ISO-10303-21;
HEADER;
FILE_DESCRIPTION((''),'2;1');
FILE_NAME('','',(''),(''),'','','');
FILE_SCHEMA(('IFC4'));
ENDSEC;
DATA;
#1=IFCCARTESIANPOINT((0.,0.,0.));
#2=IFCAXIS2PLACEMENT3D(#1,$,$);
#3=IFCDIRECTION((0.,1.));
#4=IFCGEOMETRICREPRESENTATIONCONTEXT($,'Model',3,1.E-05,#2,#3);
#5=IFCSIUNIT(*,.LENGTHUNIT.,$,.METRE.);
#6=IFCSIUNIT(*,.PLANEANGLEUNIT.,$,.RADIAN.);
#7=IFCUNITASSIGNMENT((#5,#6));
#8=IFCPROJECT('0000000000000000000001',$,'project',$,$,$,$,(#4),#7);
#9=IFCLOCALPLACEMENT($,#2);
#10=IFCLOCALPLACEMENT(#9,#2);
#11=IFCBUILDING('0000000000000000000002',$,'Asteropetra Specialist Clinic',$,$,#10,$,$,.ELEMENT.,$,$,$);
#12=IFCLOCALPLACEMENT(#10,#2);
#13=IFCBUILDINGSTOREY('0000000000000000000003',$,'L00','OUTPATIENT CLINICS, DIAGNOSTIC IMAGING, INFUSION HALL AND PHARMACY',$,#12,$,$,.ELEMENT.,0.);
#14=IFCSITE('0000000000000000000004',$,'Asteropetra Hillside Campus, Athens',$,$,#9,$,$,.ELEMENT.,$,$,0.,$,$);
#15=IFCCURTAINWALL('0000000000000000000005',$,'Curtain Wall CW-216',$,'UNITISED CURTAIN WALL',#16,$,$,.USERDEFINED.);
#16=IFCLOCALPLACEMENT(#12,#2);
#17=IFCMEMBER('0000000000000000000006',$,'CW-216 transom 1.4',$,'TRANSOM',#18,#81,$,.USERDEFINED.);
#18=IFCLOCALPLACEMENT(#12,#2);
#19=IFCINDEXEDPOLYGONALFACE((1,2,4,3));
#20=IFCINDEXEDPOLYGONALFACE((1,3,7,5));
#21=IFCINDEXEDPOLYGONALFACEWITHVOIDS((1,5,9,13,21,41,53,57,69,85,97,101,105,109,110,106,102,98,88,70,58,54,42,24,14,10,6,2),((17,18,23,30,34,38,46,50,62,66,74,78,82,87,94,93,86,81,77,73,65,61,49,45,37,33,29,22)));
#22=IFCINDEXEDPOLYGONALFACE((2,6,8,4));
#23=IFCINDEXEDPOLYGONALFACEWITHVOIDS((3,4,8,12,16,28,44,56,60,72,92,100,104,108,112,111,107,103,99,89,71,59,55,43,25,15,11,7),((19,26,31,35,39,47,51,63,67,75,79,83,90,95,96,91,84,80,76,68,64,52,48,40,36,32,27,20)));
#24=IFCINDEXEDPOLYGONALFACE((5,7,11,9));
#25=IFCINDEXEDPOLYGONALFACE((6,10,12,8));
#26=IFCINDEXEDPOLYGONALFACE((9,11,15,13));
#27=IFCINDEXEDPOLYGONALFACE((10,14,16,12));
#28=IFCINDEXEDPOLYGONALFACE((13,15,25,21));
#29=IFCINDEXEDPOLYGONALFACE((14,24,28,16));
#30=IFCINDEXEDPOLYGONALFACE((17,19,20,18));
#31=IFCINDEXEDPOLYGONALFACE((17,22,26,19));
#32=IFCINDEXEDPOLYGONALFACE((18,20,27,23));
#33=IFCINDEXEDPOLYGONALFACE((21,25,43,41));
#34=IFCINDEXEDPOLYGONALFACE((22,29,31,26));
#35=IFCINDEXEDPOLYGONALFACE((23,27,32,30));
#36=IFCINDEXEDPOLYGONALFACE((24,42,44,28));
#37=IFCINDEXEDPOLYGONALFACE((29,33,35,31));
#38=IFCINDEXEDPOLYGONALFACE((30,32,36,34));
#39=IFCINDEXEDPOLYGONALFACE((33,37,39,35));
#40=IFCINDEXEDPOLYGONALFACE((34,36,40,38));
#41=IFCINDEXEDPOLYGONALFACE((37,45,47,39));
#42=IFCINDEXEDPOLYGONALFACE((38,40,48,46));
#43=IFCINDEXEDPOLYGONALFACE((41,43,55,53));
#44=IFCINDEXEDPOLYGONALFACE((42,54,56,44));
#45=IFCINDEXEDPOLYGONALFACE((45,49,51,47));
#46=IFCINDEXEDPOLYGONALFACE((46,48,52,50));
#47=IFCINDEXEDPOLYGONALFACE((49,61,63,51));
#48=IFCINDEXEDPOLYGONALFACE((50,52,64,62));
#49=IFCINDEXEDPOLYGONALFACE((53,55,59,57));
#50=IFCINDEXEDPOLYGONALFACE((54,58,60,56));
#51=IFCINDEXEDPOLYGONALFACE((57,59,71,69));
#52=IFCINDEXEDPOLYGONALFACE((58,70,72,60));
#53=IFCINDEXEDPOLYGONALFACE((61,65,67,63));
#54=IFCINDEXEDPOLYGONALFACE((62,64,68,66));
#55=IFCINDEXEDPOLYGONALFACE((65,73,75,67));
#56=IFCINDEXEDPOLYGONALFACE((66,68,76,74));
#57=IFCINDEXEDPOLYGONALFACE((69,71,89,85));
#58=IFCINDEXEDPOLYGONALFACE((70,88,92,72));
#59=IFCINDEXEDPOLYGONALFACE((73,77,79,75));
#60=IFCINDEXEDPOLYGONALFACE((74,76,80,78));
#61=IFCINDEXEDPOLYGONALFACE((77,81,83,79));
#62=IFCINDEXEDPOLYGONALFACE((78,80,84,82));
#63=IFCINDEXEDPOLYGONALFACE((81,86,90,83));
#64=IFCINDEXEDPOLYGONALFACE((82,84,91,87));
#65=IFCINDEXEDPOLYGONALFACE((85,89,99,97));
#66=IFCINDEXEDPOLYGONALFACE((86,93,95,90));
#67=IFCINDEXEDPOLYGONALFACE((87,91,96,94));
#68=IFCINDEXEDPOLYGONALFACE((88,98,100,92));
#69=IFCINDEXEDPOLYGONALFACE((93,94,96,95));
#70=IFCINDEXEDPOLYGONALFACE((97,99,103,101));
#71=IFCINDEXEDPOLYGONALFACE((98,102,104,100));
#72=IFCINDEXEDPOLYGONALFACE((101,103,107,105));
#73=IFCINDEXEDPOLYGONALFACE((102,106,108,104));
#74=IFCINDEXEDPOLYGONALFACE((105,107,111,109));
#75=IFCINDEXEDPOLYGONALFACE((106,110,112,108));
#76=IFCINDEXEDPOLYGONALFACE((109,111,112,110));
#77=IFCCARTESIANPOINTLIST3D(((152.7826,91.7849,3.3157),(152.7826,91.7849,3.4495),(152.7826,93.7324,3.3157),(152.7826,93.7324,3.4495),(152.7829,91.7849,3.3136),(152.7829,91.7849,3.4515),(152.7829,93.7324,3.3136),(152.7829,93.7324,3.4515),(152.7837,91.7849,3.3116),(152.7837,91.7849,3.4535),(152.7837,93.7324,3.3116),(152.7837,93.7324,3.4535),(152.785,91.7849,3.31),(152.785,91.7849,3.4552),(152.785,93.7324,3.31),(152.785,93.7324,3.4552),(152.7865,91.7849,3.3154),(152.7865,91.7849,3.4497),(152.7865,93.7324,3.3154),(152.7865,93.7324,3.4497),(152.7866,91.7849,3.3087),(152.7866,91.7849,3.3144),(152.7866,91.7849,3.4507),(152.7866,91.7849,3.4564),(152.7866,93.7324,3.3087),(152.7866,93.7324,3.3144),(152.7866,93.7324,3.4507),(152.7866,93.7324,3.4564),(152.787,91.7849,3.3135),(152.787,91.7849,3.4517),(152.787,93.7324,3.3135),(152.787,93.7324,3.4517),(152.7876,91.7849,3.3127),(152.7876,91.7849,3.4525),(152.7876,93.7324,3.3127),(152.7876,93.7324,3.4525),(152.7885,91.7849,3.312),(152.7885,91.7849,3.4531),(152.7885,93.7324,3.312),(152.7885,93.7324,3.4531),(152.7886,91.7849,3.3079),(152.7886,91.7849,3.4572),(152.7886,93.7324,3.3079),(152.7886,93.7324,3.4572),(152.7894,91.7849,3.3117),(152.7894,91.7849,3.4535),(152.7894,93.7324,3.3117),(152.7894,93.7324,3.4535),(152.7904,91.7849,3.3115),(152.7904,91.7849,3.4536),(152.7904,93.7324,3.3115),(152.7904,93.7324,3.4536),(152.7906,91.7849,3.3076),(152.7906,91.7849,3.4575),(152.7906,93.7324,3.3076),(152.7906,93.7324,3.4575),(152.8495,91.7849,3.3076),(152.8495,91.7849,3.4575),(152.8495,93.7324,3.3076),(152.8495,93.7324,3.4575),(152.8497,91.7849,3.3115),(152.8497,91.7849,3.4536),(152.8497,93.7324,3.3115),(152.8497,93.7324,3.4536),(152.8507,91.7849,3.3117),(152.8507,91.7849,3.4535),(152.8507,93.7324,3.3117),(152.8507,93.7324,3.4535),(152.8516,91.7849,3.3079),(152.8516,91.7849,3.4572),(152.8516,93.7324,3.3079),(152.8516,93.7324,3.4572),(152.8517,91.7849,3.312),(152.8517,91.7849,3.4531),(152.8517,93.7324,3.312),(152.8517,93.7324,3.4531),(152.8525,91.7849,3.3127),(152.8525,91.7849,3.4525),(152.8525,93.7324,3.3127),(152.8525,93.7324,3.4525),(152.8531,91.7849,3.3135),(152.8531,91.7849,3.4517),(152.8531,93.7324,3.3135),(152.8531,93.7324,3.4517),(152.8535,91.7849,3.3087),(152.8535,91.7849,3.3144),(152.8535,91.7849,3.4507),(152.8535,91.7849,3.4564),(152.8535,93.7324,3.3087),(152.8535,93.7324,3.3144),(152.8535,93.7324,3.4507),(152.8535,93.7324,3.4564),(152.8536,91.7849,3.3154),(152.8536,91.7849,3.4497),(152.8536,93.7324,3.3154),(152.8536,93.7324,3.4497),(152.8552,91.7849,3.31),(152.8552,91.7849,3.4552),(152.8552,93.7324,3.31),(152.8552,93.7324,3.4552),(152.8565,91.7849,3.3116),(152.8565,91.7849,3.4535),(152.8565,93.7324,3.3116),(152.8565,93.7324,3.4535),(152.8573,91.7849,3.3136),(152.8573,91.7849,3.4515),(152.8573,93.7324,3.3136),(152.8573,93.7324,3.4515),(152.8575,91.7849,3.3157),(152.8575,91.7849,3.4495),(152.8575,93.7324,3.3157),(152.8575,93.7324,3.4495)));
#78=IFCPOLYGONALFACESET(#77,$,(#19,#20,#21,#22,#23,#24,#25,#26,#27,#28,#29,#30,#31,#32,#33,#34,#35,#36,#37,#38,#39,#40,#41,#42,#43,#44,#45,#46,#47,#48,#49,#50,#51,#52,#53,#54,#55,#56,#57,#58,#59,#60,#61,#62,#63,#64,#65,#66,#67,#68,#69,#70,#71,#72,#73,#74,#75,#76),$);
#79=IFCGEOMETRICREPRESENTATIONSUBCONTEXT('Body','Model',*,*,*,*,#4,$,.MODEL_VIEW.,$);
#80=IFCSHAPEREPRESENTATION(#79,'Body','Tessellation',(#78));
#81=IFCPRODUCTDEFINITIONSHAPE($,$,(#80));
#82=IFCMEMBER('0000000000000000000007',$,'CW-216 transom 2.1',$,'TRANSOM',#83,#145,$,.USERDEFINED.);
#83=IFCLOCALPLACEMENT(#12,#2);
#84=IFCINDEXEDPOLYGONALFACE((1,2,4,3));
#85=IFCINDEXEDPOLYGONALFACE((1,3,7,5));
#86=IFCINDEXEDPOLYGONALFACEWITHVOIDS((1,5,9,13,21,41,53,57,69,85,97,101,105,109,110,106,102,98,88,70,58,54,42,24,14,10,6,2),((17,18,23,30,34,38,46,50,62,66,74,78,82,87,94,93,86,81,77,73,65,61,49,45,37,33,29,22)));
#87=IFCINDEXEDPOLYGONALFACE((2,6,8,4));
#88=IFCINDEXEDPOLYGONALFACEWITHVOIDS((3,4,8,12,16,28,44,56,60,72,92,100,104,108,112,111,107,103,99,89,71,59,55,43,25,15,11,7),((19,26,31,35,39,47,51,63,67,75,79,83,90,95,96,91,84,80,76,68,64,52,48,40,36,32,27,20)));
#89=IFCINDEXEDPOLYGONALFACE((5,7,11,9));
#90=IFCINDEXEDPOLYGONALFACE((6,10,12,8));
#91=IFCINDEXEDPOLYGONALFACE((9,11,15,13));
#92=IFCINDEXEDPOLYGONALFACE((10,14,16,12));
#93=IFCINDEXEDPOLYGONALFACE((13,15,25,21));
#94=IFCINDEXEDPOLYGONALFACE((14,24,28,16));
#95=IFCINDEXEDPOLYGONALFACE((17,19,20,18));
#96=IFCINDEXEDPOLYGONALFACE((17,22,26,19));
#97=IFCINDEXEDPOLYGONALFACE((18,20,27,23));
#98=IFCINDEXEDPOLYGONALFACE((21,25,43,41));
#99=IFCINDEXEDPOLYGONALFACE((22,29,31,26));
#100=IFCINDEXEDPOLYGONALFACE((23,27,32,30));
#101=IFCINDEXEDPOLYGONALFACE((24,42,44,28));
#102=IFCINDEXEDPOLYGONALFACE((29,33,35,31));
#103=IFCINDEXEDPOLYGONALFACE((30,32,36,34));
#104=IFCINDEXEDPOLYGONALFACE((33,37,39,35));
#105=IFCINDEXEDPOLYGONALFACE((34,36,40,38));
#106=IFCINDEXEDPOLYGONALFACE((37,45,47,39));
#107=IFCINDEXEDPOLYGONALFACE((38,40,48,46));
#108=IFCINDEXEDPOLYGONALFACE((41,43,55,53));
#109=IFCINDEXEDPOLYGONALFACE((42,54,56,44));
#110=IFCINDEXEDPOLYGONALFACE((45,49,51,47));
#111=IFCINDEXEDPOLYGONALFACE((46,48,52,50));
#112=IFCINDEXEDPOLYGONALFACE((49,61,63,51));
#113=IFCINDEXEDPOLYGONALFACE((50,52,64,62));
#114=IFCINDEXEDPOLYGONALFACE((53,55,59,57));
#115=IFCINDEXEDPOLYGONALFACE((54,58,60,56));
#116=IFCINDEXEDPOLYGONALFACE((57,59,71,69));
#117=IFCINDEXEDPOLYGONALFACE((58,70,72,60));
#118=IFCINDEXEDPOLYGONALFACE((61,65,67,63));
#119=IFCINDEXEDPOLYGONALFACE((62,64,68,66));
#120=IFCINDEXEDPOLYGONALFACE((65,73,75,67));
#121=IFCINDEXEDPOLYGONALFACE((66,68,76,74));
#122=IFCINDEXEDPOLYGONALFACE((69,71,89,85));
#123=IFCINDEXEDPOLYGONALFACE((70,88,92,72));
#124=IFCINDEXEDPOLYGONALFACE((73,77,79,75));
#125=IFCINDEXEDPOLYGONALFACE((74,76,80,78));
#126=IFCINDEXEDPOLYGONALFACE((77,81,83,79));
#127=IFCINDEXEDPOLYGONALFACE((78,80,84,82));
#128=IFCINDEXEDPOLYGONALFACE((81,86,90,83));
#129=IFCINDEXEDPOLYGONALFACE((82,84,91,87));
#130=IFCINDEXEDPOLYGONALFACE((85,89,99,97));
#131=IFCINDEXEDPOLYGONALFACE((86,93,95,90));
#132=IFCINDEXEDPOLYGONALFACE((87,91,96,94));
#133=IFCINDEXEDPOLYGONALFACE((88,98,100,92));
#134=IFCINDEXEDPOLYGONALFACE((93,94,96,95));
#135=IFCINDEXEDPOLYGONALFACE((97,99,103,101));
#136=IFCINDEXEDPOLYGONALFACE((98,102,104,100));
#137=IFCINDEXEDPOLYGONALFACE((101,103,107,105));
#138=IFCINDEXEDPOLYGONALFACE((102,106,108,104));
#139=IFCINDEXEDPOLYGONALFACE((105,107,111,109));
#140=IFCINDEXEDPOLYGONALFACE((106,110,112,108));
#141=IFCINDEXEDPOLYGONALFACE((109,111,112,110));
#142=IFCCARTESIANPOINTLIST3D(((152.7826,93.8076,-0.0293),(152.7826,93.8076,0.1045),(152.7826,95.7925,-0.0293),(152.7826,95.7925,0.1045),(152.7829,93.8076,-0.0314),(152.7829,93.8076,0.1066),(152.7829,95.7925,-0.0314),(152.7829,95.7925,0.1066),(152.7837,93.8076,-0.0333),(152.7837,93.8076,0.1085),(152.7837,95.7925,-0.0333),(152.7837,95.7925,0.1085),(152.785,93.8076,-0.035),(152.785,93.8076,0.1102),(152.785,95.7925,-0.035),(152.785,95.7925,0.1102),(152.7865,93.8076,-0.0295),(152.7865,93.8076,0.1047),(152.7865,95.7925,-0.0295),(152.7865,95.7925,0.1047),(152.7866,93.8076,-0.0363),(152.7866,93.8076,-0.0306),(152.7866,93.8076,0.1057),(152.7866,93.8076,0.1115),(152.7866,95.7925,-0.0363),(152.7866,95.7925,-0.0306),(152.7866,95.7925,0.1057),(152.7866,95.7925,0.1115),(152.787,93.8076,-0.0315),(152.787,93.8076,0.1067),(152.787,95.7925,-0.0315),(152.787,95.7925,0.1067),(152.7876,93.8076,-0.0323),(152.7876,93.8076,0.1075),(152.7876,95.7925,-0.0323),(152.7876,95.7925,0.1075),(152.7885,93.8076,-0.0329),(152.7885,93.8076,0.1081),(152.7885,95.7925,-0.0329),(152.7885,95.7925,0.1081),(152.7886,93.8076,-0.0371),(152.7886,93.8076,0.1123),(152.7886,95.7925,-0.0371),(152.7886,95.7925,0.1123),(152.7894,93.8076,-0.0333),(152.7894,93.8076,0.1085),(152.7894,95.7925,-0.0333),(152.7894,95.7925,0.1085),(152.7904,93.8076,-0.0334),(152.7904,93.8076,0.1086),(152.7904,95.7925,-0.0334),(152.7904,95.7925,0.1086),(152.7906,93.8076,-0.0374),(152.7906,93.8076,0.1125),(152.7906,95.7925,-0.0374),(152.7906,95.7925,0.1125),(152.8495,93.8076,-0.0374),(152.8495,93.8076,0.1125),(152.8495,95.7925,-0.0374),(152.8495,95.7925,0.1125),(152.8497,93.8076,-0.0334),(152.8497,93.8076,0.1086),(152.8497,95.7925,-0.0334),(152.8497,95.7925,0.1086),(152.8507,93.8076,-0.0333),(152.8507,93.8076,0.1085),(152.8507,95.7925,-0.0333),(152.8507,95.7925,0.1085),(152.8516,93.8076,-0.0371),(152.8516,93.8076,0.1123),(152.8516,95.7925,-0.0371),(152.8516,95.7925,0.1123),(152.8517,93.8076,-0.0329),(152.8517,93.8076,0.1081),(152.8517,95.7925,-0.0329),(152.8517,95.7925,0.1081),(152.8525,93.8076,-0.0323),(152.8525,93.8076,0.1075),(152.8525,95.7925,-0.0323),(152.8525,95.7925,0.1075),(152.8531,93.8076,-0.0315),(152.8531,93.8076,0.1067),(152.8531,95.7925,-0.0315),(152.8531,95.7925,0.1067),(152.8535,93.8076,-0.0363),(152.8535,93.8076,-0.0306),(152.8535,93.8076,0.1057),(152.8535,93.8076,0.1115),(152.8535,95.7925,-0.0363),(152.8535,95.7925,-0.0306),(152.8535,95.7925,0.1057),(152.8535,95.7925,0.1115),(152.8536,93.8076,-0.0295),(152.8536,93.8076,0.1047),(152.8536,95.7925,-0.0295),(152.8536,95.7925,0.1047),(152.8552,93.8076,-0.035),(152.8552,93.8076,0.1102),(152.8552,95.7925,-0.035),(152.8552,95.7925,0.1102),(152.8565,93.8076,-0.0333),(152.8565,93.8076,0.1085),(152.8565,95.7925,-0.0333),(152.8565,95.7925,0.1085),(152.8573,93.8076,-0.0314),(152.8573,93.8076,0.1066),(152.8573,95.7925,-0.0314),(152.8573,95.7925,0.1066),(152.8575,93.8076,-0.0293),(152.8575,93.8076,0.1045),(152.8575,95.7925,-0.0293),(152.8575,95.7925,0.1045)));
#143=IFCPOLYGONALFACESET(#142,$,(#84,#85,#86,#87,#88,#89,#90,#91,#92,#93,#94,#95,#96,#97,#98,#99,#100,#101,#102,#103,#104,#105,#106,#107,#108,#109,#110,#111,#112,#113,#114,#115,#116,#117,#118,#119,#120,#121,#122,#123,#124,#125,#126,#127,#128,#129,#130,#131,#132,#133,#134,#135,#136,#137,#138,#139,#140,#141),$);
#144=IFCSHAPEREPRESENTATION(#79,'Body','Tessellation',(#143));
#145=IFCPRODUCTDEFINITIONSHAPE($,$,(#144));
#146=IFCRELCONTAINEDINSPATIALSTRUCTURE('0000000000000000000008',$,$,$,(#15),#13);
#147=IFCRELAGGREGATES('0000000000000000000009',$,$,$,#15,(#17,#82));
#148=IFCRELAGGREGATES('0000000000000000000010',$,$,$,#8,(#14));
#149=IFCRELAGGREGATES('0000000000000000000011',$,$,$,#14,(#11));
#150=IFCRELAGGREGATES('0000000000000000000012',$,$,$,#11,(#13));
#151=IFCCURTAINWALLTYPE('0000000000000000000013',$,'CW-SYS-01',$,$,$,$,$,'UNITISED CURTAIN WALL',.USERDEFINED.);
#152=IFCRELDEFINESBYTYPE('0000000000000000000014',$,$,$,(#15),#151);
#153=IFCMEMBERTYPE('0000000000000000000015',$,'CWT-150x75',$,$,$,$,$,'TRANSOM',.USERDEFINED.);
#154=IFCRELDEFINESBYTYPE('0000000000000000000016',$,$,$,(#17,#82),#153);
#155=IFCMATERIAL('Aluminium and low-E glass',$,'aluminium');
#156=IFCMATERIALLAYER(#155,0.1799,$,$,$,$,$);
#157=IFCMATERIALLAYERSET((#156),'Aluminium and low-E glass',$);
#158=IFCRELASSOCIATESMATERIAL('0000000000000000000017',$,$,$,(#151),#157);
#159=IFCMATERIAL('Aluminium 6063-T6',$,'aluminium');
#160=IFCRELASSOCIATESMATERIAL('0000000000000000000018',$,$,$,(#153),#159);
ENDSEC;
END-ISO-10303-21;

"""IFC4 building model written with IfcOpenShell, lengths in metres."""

from ifc_helpers import new_model, si_unit, direction, frame, origin, origin_2d, place, context, subcontext, project, spatial, hollow_rectangle, extrude, material, layer, layer_set, material_profile, profile_set, type_object, element, aggregate, save


model = new_model("IFC4")

# Units and contexts
model_context = context("Model", 3, precision=1e-05, world=origin(), true_north=direction((0.0, 1.0)))
body_context = subcontext(model_context, "Body", "Model", "MODEL_VIEW")
ifc_project = project(units=[si_unit("LENGTHUNIT", "METRE"), si_unit("PLANEANGLEUNIT", "RADIAN")], contexts=[model_context])

# Site, building, storey
site_placement = place(None, origin())
site = spatial("IfcSite", under=ifc_project, at=site_placement, Name="Asteropetra Hillside Campus, Athens", CompositionType="ELEMENT", RefElevation=0.0)
building_placement = place(site_placement, origin())
building = spatial("IfcBuilding", under=site, at=building_placement, Name="Asteropetra Specialist Clinic", CompositionType="ELEMENT")
storey_placement = place(building_placement, origin())
storey = spatial("IfcBuildingStorey", under=building, at=storey_placement, Name="L00", Description="OUTPATIENT CLINICS, DIAGNOSTIC IMAGING, INFUSION HALL AND PHARMACY", CompositionType="ELEMENT", Elevation=0.0)

# Curtain wall, members
ifc_material_1 = material(Name="Aluminium and low-E glass", Category="aluminium")
ifc_layer_1 = layer(ifc_material_1, 0.1799)
ifc_layer_set_1 = layer_set([ifc_layer_1], Name="Aluminium and low-E glass")
curtain_wall_type = type_object("IfcCurtainWallType", Name="CW-SYS-01", ElementType="UNITISED CURTAIN WALL", PredefinedType="USERDEFINED", material=ifc_layer_set_1)
curtain_wall_placement = place(storey_placement, origin())
curtain_wall = element("IfcCurtainWall", 1, at=curtain_wall_placement, inside=storey, type_object=curtain_wall_type, Name="Curtain Wall CW-216", ObjectType="UNITISED CURTAIN WALL", PredefinedType="USERDEFINED")
ifc_material_2 = material(Name="Aluminium 6063-T6", Category="aluminium")
ifc_material_profile_1 = material_profile(ifc_material_2, hollow_rectangle(XDim=0.075, YDim=0.1499, WallThickness=0.0039, InnerFilletRadius=0.0039, OuterFilletRadius=0.0081, at=origin_2d()), Name="TRN 150x75x4.0")
ifc_profile_set_1 = profile_set([ifc_material_profile_1], Name="Aluminium 6063-T6")
member_type_1 = type_object("IfcMemberType", Name="CWT-150x75", ElementType="TRANSOM", PredefinedType="USERDEFINED", material=ifc_profile_set_1)
member_1_placement = place(storey_placement, frame((152.8201, 91.7849, 3.3826), z_axis=(0.0, 1.0, 0.0), x_axis=(-1.0, 0.0, 0.0)))
member_1 = element("IfcMember", 2, at=member_1_placement, type_object=member_type_1, Name="CW-216 transom 1.4", ObjectType="TRANSOM", PredefinedType="USERDEFINED", context=body_context, shape_type="SweptSolid", body=[
    extrude(hollow_rectangle(XDim=0.075, YDim=0.1499, WallThickness=0.0039, InnerFilletRadius=0.0039, OuterFilletRadius=0.0081, at=origin_2d()), origin(), (0.0, 0.0, 1.0), 1.9475),
])
member_2_placement = place(storey_placement, frame((152.8201, 93.8076, 0.0376), z_axis=(0.0, 1.0, 0.0), x_axis=(-1.0, 0.0, 0.0)))
member_2 = element("IfcMember", 3, at=member_2_placement, type_object=member_type_1, Name="CW-216 transom 2.1", ObjectType="TRANSOM", PredefinedType="USERDEFINED", context=body_context, shape_type="SweptSolid", body=[
    extrude(hollow_rectangle(XDim=0.075, YDim=0.1499, WallThickness=0.0039, InnerFilletRadius=0.0039, OuterFilletRadius=0.0081, at=origin_2d()), origin(), (0.0, 0.0, 1.0), 1.9849),
])
aggregate(curtain_wall, [member_1, member_2])

save(model, "model.ifc")
